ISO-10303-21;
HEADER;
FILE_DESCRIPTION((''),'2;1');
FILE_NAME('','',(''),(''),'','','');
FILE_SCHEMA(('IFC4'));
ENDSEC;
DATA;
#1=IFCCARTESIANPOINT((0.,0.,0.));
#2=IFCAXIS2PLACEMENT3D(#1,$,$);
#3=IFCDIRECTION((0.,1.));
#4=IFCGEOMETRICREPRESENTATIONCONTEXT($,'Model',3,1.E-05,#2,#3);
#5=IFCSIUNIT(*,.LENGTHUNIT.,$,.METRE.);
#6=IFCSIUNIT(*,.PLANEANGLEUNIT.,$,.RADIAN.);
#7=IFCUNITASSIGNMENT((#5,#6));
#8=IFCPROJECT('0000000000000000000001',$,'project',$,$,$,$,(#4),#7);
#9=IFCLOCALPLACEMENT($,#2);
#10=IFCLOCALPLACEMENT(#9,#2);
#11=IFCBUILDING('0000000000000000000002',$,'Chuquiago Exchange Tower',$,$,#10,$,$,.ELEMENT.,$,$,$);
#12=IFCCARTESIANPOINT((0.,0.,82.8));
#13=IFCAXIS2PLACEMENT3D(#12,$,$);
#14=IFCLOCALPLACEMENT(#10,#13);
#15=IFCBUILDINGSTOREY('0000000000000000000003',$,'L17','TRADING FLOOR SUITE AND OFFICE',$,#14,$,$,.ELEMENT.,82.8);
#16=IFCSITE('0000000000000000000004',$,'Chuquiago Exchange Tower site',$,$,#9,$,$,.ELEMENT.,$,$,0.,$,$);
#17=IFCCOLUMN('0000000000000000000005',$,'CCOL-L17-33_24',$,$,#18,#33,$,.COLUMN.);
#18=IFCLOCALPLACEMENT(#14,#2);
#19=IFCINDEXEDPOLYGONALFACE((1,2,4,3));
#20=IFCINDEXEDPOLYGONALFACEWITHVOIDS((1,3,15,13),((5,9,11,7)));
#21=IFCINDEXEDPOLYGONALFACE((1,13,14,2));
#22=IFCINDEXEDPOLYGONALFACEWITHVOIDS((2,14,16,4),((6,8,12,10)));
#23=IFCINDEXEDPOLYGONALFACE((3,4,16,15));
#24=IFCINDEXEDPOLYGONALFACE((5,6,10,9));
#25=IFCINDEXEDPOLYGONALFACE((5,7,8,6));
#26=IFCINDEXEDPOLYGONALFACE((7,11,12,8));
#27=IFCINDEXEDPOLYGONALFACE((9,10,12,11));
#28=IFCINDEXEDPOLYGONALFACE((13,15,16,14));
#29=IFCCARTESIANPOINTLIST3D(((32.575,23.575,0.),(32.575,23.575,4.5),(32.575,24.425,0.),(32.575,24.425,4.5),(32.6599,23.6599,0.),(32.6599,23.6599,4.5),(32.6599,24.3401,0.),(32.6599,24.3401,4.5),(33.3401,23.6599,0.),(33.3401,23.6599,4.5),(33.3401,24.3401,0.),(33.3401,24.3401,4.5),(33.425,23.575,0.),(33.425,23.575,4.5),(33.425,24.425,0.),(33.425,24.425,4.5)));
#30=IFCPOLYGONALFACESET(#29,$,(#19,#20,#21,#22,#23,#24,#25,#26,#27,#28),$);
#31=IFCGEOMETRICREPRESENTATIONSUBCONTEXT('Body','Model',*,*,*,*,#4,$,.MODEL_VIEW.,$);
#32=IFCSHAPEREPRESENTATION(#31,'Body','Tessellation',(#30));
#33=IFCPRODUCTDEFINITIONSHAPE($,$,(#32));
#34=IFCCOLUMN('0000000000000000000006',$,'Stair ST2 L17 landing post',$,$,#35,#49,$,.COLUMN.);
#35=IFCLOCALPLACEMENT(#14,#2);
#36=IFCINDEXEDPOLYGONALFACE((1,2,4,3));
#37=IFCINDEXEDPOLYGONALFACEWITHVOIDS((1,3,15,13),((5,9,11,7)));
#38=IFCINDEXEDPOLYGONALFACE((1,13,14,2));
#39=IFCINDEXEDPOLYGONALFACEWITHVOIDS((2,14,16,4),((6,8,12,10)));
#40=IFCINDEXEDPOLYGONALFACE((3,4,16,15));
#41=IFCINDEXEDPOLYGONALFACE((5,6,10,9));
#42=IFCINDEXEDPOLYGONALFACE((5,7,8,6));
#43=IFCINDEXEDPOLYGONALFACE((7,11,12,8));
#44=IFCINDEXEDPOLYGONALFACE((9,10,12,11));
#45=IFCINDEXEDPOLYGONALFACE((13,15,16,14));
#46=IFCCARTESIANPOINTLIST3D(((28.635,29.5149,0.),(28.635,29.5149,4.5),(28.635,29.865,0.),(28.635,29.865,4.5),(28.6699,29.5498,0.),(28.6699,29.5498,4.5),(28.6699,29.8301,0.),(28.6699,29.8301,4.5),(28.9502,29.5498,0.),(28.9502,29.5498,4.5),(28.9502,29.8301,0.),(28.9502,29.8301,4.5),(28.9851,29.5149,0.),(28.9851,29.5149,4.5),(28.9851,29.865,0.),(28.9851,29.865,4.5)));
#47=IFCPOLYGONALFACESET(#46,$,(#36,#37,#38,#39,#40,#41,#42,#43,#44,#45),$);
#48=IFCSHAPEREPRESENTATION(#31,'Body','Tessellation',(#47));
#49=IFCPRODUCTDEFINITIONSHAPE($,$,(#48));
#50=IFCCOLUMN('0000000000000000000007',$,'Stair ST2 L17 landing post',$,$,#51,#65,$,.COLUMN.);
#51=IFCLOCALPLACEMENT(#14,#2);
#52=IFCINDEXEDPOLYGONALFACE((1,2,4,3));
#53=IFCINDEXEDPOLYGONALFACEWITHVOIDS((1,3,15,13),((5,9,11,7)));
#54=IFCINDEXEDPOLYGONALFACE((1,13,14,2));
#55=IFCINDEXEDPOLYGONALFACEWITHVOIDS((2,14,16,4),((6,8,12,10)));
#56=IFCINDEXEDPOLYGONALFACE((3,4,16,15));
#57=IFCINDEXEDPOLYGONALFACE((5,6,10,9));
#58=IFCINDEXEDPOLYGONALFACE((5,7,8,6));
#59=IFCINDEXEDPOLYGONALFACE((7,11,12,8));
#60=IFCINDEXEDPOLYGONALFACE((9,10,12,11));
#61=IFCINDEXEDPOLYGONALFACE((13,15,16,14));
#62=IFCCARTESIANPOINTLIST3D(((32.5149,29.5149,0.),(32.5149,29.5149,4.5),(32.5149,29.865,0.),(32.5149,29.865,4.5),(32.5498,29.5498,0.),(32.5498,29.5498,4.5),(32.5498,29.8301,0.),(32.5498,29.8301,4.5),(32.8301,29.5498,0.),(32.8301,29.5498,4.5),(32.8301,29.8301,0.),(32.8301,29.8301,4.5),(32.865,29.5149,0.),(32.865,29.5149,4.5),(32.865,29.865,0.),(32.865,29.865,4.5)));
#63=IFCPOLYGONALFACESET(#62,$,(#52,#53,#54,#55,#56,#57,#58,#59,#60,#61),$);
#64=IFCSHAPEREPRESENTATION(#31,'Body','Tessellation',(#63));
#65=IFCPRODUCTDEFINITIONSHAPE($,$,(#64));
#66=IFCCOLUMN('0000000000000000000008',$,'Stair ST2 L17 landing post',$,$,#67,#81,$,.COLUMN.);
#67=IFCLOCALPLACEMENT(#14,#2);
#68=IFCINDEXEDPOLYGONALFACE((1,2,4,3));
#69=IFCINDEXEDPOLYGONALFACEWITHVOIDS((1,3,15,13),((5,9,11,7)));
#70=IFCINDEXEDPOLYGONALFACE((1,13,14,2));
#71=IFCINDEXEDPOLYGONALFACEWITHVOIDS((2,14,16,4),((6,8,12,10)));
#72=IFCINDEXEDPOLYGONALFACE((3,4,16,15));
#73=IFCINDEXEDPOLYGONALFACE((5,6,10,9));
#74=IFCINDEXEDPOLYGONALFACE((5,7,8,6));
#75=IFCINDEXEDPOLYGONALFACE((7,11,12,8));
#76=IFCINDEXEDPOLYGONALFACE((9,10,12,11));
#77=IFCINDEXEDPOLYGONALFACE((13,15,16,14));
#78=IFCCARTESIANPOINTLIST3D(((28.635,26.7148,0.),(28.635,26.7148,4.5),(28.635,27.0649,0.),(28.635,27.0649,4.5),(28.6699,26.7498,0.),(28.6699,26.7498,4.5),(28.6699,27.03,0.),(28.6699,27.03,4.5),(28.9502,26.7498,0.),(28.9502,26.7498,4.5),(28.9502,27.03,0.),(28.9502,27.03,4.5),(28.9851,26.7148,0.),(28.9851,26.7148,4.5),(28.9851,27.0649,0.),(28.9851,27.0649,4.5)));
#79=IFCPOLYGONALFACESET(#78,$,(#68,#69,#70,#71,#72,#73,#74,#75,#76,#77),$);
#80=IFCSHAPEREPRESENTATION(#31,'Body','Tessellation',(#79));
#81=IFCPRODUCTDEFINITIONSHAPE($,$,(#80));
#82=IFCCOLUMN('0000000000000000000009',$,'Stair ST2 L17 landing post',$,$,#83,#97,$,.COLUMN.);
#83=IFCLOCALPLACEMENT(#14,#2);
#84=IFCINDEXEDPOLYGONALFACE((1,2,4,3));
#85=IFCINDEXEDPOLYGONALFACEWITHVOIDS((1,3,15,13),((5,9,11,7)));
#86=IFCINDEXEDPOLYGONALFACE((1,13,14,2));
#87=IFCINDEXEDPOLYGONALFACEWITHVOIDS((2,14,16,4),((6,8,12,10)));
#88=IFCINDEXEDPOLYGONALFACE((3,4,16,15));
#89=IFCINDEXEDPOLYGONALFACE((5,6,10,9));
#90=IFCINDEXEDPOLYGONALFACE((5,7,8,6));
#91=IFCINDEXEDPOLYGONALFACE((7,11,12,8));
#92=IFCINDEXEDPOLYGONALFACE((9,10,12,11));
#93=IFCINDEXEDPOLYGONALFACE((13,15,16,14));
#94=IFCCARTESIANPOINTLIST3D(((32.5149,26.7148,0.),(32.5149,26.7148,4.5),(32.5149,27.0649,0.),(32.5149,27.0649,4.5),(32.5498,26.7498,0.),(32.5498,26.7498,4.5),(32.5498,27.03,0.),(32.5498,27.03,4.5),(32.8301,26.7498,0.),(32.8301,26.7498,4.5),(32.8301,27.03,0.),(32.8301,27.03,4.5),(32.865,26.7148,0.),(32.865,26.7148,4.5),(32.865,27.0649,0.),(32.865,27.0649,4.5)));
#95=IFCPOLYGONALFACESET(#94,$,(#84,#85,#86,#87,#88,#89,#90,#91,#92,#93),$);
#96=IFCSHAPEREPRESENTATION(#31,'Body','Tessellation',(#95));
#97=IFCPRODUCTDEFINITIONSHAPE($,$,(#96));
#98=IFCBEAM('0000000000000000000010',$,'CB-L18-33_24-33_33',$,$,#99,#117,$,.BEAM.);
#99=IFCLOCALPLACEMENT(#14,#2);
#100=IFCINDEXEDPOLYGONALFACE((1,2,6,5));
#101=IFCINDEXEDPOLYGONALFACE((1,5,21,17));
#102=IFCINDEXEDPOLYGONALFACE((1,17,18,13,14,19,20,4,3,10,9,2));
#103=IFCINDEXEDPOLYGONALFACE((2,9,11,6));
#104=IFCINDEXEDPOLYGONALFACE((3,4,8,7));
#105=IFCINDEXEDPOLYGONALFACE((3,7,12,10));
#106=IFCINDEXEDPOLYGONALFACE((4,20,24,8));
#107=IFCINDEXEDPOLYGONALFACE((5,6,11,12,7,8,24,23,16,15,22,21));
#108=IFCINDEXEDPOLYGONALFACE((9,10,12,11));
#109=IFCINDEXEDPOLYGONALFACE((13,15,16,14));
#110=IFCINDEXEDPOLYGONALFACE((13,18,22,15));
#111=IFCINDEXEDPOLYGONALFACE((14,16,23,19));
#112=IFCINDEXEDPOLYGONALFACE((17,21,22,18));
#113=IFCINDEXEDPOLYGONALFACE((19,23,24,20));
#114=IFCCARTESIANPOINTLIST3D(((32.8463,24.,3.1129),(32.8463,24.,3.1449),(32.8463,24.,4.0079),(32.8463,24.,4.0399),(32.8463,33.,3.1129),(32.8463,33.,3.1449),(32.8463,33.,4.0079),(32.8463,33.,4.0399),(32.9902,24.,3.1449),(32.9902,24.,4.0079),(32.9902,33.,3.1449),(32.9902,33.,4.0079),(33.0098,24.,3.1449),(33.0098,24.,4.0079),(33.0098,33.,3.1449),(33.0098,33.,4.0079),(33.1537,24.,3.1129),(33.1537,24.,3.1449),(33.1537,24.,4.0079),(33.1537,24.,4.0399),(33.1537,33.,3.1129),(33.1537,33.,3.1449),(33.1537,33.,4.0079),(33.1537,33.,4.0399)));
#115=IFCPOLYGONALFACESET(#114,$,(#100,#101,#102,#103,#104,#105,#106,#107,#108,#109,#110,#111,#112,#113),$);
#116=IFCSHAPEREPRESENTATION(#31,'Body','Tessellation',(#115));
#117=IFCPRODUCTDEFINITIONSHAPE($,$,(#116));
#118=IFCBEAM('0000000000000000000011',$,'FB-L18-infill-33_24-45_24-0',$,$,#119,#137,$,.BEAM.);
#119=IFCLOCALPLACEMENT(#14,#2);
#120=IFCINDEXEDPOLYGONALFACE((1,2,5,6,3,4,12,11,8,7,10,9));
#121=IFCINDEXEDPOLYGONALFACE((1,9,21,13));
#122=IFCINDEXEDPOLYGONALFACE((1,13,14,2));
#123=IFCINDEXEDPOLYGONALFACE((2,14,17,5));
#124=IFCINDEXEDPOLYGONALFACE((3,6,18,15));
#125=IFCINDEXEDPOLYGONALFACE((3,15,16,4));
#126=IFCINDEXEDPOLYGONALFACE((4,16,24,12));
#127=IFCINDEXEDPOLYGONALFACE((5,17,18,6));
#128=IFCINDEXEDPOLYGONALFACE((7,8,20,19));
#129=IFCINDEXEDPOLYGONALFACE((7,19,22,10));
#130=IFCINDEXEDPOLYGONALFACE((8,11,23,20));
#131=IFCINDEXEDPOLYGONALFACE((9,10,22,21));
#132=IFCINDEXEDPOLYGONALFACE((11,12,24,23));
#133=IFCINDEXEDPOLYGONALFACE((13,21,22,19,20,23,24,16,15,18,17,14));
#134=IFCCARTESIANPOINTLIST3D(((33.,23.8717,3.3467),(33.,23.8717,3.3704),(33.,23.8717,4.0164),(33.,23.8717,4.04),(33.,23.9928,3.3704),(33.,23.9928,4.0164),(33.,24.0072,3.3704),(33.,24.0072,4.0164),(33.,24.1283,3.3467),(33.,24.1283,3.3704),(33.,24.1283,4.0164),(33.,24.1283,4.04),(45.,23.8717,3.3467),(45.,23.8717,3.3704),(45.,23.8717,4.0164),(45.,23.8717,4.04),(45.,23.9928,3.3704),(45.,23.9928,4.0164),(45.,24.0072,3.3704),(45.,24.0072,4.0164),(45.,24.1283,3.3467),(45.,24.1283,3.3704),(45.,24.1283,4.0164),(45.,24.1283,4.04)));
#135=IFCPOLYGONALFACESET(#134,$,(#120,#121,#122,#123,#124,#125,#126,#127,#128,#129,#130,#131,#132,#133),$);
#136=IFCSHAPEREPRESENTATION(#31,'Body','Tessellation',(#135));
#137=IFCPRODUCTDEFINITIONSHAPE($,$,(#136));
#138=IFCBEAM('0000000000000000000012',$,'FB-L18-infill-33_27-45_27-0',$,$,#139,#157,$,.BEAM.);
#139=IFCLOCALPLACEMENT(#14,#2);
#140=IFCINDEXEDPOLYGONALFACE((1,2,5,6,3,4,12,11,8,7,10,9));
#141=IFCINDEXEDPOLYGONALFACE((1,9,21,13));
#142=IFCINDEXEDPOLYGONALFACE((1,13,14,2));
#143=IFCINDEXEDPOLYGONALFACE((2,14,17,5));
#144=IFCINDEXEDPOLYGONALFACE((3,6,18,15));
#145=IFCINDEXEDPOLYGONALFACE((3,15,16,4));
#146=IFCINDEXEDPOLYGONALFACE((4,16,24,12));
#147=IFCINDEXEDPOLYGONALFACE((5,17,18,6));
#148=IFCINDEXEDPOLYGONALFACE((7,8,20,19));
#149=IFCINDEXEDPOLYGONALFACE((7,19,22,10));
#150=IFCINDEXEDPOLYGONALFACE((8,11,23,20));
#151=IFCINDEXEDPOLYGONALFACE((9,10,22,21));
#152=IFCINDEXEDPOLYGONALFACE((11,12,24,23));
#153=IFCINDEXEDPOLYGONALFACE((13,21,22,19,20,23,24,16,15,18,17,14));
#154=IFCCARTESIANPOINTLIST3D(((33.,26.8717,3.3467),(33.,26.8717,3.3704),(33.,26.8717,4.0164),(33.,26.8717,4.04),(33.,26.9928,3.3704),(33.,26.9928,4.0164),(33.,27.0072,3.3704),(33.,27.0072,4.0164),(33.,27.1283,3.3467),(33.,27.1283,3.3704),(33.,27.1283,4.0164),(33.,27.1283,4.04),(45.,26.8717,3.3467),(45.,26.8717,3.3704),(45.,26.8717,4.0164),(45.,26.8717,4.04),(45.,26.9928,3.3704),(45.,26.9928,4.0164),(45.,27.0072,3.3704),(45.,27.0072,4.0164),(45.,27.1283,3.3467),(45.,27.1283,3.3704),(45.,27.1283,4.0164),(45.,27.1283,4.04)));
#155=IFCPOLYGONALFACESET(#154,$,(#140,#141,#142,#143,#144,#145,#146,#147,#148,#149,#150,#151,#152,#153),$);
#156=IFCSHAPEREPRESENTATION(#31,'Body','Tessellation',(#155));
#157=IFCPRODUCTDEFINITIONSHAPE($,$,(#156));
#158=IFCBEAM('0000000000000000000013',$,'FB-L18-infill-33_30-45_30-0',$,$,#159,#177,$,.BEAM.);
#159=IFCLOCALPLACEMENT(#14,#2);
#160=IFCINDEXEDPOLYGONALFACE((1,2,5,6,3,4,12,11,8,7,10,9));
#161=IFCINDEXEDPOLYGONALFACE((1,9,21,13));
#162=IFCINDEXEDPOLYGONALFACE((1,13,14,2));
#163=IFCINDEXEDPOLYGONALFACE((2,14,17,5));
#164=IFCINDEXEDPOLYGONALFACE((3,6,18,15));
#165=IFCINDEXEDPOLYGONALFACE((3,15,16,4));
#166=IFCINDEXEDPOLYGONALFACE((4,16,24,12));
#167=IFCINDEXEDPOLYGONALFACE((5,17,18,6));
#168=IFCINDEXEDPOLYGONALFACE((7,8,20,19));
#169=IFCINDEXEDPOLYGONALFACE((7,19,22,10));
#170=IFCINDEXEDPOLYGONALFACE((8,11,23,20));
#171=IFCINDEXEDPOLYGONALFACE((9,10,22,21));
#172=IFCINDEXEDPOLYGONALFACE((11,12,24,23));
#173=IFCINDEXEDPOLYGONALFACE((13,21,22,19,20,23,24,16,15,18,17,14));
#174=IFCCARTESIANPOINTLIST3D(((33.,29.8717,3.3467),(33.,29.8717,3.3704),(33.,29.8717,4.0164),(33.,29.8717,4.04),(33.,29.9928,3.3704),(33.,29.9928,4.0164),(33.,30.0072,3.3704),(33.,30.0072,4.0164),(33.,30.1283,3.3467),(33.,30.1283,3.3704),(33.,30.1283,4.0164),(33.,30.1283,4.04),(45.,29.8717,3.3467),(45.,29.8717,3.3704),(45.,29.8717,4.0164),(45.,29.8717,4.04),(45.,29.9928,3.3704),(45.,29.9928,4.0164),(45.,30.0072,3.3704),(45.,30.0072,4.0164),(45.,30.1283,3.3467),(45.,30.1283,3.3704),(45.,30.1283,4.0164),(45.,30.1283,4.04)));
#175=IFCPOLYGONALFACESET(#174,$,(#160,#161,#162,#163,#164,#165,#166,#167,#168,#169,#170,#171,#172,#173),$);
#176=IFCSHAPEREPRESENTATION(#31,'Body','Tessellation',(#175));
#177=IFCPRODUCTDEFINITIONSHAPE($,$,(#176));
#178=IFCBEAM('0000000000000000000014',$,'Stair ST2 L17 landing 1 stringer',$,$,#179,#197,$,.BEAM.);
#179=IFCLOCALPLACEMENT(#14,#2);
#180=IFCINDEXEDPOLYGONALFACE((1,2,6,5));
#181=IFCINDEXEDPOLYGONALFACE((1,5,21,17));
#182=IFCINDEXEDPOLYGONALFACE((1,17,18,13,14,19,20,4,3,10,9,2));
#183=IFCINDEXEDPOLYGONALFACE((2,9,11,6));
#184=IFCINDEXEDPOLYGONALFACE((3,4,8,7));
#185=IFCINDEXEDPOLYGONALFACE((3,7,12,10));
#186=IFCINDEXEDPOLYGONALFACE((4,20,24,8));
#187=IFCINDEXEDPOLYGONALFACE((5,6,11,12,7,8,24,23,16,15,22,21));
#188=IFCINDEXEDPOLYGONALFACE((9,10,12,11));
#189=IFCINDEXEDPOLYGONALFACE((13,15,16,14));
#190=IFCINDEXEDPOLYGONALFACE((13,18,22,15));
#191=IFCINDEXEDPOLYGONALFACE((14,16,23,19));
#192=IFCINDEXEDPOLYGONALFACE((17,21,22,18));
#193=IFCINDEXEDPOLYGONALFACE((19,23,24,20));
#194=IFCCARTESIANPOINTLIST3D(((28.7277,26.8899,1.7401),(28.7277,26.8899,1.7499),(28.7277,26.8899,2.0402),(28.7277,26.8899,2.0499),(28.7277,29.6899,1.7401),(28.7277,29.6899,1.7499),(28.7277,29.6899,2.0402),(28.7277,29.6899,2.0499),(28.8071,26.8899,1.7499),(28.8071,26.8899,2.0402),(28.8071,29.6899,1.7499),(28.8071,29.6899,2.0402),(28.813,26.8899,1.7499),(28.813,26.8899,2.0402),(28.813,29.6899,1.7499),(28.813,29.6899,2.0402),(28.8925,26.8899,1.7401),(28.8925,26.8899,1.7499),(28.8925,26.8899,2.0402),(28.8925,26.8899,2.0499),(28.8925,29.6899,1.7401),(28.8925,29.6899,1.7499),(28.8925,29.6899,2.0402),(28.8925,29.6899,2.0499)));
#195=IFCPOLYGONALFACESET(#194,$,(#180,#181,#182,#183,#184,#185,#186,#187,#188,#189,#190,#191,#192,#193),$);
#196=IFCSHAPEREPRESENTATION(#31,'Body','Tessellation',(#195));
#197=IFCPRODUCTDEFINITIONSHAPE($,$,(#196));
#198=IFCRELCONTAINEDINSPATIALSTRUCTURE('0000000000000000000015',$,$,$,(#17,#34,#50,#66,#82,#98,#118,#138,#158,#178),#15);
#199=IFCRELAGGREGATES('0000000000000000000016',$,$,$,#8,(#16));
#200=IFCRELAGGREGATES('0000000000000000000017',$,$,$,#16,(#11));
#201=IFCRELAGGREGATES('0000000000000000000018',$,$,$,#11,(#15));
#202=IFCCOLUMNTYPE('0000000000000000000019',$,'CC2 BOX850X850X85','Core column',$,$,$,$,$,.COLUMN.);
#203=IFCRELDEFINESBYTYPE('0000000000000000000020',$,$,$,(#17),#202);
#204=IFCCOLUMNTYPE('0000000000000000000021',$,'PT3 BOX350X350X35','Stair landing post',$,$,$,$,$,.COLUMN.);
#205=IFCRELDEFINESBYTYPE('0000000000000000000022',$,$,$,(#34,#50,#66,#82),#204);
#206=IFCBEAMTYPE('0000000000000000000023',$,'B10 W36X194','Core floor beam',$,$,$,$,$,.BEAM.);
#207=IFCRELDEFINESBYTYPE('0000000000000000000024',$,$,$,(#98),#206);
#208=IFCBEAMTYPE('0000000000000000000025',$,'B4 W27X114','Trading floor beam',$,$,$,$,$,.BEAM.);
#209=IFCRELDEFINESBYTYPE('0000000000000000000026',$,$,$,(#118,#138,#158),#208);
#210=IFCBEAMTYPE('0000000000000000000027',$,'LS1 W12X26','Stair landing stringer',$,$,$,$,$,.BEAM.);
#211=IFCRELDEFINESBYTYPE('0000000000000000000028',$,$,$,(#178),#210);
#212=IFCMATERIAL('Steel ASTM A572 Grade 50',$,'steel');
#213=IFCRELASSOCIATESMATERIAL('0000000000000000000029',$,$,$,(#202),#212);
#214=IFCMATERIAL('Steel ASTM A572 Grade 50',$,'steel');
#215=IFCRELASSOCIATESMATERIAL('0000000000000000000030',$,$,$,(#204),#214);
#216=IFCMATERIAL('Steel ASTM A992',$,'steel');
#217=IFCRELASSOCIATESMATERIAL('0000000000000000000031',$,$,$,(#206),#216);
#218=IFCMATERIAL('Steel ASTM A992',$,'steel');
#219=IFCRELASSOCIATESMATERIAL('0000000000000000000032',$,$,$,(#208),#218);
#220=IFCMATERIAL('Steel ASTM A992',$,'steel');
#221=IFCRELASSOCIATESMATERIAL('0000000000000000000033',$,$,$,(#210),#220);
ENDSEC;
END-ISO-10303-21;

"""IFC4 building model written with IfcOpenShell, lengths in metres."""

from ifc_helpers import new_model, si_unit, direction, frame, origin, origin_2d, place, context, subcontext, project, spatial, hollow_rectangle, i_section, extrude, material, material_profile, profile_set, type_object, element, save


model = new_model("IFC4")

# Units and contexts
model_context = context("Model", 3, precision=1e-05, world=origin(), true_north=direction((0.0, 1.0)))
body_context = subcontext(model_context, "Body", "Model", "MODEL_VIEW")
ifc_project = project(units=[si_unit("LENGTHUNIT", "METRE"), si_unit("PLANEANGLEUNIT", "RADIAN")], contexts=[model_context])

# Site, building, storey
site_placement = place(None, origin())
site = spatial("IfcSite", under=ifc_project, at=site_placement, Name="Chuquiago Exchange Tower site", CompositionType="ELEMENT", RefElevation=0.0)
building_placement = place(site_placement, origin())
building = spatial("IfcBuilding", under=site, at=building_placement, Name="Chuquiago Exchange Tower", CompositionType="ELEMENT")
storey_placement = place(building_placement, frame((0.0, 0.0, 82.8)))
storey = spatial("IfcBuildingStorey", under=building, at=storey_placement, Name="L17", Description="TRADING FLOOR SUITE AND OFFICE", CompositionType="ELEMENT", Elevation=82.8)

# Columns
ifc_material_1 = material(Name="Steel ASTM A572 Grade 50", Category="steel")
ifc_material_profile_1 = material_profile(ifc_material_1, hollow_rectangle(XDim=0.8501, YDim=0.8501, WallThickness=0.085, at=origin_2d()), Name="BOX850X850X85")
ifc_profile_set_1 = profile_set([ifc_material_profile_1], Name="Steel ASTM A572 Grade 50")
column_type_1 = type_object("IfcColumnType", Name="CC2 BOX850X850X85", Description="Core column", PredefinedType="COLUMN", material=ifc_profile_set_1)
column_placement = place(storey_placement, frame((33.0, 24.0, 0.0), z_axis=(0.0, 0.0, 1.0), x_axis=(1.0, 0.0, 0.0)))
element("IfcColumn", 1, at=column_placement, inside=storey, type_object=column_type_1, Name="CCOL-L17-33_24", PredefinedType="COLUMN", context=body_context, shape_type="SweptSolid", body=[
    extrude(hollow_rectangle(XDim=0.8501, YDim=0.8501, WallThickness=0.085, at=origin_2d()), origin(), (0.0, 0.0, 1.0), 4.5),
])
ifc_material_2 = material(Name="Steel ASTM A572 Grade 50", Category="steel")
ifc_material_profile_2 = material_profile(ifc_material_2, hollow_rectangle(XDim=0.3501, YDim=0.3501, WallThickness=0.0349, at=origin_2d()), Name="BOX350X350X35")
ifc_profile_set_2 = profile_set([ifc_material_profile_2], Name="Steel ASTM A572 Grade 50")
column_type_2 = type_object("IfcColumnType", Name="PT3 BOX350X350X35", Description="Stair landing post", PredefinedType="COLUMN", material=ifc_profile_set_2)
for number, where, z_axis, x_axis, name in (
    (2, (28.8101, 29.6899, 0.0), (0.0, 0.0, 1.0), (1.0, 0.0, 0.0), "Stair ST2 L17 landing post"),
    (3, (32.6899, 29.6899, 0.0), (0.0, 0.0, 1.0), (1.0, 0.0, 0.0), "Stair ST2 L17 landing post"),
    (4, (28.8101, 26.8899, 0.0), (0.0, 0.0, 1.0), (1.0, 0.0, 0.0), "Stair ST2 L17 landing post"),
    (5, (32.6899, 26.8899, 0.0), (0.0, 0.0, 1.0), (1.0, 0.0, 0.0), "Stair ST2 L17 landing post"),
):
    element("IfcColumn", number, at=place(storey_placement, frame(where, z_axis=z_axis, x_axis=x_axis)), inside=storey, type_object=column_type_2, Name=name, PredefinedType="COLUMN", context=body_context, shape_type="SweptSolid", body=[
        extrude(hollow_rectangle(XDim=0.3501, YDim=0.3501, WallThickness=0.0349, at=origin_2d()), origin(), (0.0, 0.0, 1.0), 4.5),
    ])

# Beams
ifc_material_3 = material(Name="Steel ASTM A992", Category="steel")
ifc_material_profile_3 = material_profile(ifc_material_3, i_section(OverallWidth=0.3074, OverallDepth=0.927, WebThickness=0.0195, FlangeThickness=0.032, at=origin_2d()), Name="W36X194")
ifc_profile_set_3 = profile_set([ifc_material_profile_3], Name="Steel ASTM A992")
beam_type_1 = type_object("IfcBeamType", Name="B10 W36X194", Description="Core floor beam", PredefinedType="BEAM", material=ifc_profile_set_3)
beam_placement = place(storey_placement, frame((33.0, 24.0, 3.5764), z_axis=(0.0, 1.0, 0.0), x_axis=(-1.0, 0.0, 0.0)))
element("IfcBeam", 6, at=beam_placement, inside=storey, type_object=beam_type_1, Name="CB-L18-33_24-33_33", PredefinedType="BEAM", context=body_context, shape_type="SweptSolid", body=[
    extrude(i_section(OverallWidth=0.3074, OverallDepth=0.927, WebThickness=0.0195, FlangeThickness=0.032, at=origin_2d()), origin(), (0.0, 0.0, 1.0), 9.0),
])
ifc_material_4 = material(Name="Steel ASTM A992", Category="steel")
ifc_material_profile_4 = material_profile(ifc_material_4, i_section(OverallWidth=0.2566, OverallDepth=0.6934, WebThickness=0.0144, FlangeThickness=0.0237, at=origin_2d()), Name="W27X114")
ifc_profile_set_4 = profile_set([ifc_material_profile_4], Name="Steel ASTM A992")
beam_type_2 = type_object("IfcBeamType", Name="B4 W27X114", Description="Trading floor beam", PredefinedType="BEAM", material=ifc_profile_set_4)
for number, where, z_axis, x_axis, name in (
    (7, (33.0, 24.0, 3.6934), (1.0, 0.0, 0.0), (0.0, 1.0, 0.0), "FB-L18-infill-33_24-45_24-0"),
    (8, (33.0, 27.0, 3.6934), (1.0, 0.0, 0.0), (0.0, 1.0, 0.0), "FB-L18-infill-33_27-45_27-0"),
    (9, (33.0, 30.0, 3.6934), (1.0, 0.0, 0.0), (0.0, 1.0, 0.0), "FB-L18-infill-33_30-45_30-0"),
):
    element("IfcBeam", number, at=place(storey_placement, frame(where, z_axis=z_axis, x_axis=x_axis)), inside=storey, type_object=beam_type_2, Name=name, PredefinedType="BEAM", context=body_context, shape_type="SweptSolid", body=[
        extrude(i_section(OverallWidth=0.2566, OverallDepth=0.6934, WebThickness=0.0144, FlangeThickness=0.0237, at=origin_2d()), origin(), (0.0, 0.0, 1.0), 12.0),
    ])
ifc_material_5 = material(Name="Steel ASTM A992", Category="steel")
ifc_material_profile_5 = material_profile(ifc_material_5, i_section(OverallWidth=0.1648, OverallDepth=0.3098, WebThickness=0.0059, FlangeThickness=0.0098, at=origin_2d()), Name="W12X26")
ifc_profile_set_5 = profile_set([ifc_material_profile_5], Name="Steel ASTM A992")
beam_type_3 = type_object("IfcBeamType", Name="LS1 W12X26", Description="Stair landing stringer", PredefinedType="BEAM", material=ifc_profile_set_5)
for number, where, z_axis, x_axis, name in (
    (10, (28.8101, 26.8899, 1.895), (0.0, 1.0, 0.0), (-1.0, 0.0, 0.0), "Stair ST2 L17 landing 1 stringer"),
):
    element("IfcBeam", number, at=place(storey_placement, frame(where, z_axis=z_axis, x_axis=x_axis)), inside=storey, type_object=beam_type_3, Name=name, PredefinedType="BEAM", context=body_context, shape_type="SweptSolid", body=[
        extrude(i_section(OverallWidth=0.1648, OverallDepth=0.3098, WebThickness=0.0059, FlangeThickness=0.0098, at=origin_2d()), origin(), (0.0, 0.0, 1.0), 2.8),
    ])

save(model, "model.ifc")
